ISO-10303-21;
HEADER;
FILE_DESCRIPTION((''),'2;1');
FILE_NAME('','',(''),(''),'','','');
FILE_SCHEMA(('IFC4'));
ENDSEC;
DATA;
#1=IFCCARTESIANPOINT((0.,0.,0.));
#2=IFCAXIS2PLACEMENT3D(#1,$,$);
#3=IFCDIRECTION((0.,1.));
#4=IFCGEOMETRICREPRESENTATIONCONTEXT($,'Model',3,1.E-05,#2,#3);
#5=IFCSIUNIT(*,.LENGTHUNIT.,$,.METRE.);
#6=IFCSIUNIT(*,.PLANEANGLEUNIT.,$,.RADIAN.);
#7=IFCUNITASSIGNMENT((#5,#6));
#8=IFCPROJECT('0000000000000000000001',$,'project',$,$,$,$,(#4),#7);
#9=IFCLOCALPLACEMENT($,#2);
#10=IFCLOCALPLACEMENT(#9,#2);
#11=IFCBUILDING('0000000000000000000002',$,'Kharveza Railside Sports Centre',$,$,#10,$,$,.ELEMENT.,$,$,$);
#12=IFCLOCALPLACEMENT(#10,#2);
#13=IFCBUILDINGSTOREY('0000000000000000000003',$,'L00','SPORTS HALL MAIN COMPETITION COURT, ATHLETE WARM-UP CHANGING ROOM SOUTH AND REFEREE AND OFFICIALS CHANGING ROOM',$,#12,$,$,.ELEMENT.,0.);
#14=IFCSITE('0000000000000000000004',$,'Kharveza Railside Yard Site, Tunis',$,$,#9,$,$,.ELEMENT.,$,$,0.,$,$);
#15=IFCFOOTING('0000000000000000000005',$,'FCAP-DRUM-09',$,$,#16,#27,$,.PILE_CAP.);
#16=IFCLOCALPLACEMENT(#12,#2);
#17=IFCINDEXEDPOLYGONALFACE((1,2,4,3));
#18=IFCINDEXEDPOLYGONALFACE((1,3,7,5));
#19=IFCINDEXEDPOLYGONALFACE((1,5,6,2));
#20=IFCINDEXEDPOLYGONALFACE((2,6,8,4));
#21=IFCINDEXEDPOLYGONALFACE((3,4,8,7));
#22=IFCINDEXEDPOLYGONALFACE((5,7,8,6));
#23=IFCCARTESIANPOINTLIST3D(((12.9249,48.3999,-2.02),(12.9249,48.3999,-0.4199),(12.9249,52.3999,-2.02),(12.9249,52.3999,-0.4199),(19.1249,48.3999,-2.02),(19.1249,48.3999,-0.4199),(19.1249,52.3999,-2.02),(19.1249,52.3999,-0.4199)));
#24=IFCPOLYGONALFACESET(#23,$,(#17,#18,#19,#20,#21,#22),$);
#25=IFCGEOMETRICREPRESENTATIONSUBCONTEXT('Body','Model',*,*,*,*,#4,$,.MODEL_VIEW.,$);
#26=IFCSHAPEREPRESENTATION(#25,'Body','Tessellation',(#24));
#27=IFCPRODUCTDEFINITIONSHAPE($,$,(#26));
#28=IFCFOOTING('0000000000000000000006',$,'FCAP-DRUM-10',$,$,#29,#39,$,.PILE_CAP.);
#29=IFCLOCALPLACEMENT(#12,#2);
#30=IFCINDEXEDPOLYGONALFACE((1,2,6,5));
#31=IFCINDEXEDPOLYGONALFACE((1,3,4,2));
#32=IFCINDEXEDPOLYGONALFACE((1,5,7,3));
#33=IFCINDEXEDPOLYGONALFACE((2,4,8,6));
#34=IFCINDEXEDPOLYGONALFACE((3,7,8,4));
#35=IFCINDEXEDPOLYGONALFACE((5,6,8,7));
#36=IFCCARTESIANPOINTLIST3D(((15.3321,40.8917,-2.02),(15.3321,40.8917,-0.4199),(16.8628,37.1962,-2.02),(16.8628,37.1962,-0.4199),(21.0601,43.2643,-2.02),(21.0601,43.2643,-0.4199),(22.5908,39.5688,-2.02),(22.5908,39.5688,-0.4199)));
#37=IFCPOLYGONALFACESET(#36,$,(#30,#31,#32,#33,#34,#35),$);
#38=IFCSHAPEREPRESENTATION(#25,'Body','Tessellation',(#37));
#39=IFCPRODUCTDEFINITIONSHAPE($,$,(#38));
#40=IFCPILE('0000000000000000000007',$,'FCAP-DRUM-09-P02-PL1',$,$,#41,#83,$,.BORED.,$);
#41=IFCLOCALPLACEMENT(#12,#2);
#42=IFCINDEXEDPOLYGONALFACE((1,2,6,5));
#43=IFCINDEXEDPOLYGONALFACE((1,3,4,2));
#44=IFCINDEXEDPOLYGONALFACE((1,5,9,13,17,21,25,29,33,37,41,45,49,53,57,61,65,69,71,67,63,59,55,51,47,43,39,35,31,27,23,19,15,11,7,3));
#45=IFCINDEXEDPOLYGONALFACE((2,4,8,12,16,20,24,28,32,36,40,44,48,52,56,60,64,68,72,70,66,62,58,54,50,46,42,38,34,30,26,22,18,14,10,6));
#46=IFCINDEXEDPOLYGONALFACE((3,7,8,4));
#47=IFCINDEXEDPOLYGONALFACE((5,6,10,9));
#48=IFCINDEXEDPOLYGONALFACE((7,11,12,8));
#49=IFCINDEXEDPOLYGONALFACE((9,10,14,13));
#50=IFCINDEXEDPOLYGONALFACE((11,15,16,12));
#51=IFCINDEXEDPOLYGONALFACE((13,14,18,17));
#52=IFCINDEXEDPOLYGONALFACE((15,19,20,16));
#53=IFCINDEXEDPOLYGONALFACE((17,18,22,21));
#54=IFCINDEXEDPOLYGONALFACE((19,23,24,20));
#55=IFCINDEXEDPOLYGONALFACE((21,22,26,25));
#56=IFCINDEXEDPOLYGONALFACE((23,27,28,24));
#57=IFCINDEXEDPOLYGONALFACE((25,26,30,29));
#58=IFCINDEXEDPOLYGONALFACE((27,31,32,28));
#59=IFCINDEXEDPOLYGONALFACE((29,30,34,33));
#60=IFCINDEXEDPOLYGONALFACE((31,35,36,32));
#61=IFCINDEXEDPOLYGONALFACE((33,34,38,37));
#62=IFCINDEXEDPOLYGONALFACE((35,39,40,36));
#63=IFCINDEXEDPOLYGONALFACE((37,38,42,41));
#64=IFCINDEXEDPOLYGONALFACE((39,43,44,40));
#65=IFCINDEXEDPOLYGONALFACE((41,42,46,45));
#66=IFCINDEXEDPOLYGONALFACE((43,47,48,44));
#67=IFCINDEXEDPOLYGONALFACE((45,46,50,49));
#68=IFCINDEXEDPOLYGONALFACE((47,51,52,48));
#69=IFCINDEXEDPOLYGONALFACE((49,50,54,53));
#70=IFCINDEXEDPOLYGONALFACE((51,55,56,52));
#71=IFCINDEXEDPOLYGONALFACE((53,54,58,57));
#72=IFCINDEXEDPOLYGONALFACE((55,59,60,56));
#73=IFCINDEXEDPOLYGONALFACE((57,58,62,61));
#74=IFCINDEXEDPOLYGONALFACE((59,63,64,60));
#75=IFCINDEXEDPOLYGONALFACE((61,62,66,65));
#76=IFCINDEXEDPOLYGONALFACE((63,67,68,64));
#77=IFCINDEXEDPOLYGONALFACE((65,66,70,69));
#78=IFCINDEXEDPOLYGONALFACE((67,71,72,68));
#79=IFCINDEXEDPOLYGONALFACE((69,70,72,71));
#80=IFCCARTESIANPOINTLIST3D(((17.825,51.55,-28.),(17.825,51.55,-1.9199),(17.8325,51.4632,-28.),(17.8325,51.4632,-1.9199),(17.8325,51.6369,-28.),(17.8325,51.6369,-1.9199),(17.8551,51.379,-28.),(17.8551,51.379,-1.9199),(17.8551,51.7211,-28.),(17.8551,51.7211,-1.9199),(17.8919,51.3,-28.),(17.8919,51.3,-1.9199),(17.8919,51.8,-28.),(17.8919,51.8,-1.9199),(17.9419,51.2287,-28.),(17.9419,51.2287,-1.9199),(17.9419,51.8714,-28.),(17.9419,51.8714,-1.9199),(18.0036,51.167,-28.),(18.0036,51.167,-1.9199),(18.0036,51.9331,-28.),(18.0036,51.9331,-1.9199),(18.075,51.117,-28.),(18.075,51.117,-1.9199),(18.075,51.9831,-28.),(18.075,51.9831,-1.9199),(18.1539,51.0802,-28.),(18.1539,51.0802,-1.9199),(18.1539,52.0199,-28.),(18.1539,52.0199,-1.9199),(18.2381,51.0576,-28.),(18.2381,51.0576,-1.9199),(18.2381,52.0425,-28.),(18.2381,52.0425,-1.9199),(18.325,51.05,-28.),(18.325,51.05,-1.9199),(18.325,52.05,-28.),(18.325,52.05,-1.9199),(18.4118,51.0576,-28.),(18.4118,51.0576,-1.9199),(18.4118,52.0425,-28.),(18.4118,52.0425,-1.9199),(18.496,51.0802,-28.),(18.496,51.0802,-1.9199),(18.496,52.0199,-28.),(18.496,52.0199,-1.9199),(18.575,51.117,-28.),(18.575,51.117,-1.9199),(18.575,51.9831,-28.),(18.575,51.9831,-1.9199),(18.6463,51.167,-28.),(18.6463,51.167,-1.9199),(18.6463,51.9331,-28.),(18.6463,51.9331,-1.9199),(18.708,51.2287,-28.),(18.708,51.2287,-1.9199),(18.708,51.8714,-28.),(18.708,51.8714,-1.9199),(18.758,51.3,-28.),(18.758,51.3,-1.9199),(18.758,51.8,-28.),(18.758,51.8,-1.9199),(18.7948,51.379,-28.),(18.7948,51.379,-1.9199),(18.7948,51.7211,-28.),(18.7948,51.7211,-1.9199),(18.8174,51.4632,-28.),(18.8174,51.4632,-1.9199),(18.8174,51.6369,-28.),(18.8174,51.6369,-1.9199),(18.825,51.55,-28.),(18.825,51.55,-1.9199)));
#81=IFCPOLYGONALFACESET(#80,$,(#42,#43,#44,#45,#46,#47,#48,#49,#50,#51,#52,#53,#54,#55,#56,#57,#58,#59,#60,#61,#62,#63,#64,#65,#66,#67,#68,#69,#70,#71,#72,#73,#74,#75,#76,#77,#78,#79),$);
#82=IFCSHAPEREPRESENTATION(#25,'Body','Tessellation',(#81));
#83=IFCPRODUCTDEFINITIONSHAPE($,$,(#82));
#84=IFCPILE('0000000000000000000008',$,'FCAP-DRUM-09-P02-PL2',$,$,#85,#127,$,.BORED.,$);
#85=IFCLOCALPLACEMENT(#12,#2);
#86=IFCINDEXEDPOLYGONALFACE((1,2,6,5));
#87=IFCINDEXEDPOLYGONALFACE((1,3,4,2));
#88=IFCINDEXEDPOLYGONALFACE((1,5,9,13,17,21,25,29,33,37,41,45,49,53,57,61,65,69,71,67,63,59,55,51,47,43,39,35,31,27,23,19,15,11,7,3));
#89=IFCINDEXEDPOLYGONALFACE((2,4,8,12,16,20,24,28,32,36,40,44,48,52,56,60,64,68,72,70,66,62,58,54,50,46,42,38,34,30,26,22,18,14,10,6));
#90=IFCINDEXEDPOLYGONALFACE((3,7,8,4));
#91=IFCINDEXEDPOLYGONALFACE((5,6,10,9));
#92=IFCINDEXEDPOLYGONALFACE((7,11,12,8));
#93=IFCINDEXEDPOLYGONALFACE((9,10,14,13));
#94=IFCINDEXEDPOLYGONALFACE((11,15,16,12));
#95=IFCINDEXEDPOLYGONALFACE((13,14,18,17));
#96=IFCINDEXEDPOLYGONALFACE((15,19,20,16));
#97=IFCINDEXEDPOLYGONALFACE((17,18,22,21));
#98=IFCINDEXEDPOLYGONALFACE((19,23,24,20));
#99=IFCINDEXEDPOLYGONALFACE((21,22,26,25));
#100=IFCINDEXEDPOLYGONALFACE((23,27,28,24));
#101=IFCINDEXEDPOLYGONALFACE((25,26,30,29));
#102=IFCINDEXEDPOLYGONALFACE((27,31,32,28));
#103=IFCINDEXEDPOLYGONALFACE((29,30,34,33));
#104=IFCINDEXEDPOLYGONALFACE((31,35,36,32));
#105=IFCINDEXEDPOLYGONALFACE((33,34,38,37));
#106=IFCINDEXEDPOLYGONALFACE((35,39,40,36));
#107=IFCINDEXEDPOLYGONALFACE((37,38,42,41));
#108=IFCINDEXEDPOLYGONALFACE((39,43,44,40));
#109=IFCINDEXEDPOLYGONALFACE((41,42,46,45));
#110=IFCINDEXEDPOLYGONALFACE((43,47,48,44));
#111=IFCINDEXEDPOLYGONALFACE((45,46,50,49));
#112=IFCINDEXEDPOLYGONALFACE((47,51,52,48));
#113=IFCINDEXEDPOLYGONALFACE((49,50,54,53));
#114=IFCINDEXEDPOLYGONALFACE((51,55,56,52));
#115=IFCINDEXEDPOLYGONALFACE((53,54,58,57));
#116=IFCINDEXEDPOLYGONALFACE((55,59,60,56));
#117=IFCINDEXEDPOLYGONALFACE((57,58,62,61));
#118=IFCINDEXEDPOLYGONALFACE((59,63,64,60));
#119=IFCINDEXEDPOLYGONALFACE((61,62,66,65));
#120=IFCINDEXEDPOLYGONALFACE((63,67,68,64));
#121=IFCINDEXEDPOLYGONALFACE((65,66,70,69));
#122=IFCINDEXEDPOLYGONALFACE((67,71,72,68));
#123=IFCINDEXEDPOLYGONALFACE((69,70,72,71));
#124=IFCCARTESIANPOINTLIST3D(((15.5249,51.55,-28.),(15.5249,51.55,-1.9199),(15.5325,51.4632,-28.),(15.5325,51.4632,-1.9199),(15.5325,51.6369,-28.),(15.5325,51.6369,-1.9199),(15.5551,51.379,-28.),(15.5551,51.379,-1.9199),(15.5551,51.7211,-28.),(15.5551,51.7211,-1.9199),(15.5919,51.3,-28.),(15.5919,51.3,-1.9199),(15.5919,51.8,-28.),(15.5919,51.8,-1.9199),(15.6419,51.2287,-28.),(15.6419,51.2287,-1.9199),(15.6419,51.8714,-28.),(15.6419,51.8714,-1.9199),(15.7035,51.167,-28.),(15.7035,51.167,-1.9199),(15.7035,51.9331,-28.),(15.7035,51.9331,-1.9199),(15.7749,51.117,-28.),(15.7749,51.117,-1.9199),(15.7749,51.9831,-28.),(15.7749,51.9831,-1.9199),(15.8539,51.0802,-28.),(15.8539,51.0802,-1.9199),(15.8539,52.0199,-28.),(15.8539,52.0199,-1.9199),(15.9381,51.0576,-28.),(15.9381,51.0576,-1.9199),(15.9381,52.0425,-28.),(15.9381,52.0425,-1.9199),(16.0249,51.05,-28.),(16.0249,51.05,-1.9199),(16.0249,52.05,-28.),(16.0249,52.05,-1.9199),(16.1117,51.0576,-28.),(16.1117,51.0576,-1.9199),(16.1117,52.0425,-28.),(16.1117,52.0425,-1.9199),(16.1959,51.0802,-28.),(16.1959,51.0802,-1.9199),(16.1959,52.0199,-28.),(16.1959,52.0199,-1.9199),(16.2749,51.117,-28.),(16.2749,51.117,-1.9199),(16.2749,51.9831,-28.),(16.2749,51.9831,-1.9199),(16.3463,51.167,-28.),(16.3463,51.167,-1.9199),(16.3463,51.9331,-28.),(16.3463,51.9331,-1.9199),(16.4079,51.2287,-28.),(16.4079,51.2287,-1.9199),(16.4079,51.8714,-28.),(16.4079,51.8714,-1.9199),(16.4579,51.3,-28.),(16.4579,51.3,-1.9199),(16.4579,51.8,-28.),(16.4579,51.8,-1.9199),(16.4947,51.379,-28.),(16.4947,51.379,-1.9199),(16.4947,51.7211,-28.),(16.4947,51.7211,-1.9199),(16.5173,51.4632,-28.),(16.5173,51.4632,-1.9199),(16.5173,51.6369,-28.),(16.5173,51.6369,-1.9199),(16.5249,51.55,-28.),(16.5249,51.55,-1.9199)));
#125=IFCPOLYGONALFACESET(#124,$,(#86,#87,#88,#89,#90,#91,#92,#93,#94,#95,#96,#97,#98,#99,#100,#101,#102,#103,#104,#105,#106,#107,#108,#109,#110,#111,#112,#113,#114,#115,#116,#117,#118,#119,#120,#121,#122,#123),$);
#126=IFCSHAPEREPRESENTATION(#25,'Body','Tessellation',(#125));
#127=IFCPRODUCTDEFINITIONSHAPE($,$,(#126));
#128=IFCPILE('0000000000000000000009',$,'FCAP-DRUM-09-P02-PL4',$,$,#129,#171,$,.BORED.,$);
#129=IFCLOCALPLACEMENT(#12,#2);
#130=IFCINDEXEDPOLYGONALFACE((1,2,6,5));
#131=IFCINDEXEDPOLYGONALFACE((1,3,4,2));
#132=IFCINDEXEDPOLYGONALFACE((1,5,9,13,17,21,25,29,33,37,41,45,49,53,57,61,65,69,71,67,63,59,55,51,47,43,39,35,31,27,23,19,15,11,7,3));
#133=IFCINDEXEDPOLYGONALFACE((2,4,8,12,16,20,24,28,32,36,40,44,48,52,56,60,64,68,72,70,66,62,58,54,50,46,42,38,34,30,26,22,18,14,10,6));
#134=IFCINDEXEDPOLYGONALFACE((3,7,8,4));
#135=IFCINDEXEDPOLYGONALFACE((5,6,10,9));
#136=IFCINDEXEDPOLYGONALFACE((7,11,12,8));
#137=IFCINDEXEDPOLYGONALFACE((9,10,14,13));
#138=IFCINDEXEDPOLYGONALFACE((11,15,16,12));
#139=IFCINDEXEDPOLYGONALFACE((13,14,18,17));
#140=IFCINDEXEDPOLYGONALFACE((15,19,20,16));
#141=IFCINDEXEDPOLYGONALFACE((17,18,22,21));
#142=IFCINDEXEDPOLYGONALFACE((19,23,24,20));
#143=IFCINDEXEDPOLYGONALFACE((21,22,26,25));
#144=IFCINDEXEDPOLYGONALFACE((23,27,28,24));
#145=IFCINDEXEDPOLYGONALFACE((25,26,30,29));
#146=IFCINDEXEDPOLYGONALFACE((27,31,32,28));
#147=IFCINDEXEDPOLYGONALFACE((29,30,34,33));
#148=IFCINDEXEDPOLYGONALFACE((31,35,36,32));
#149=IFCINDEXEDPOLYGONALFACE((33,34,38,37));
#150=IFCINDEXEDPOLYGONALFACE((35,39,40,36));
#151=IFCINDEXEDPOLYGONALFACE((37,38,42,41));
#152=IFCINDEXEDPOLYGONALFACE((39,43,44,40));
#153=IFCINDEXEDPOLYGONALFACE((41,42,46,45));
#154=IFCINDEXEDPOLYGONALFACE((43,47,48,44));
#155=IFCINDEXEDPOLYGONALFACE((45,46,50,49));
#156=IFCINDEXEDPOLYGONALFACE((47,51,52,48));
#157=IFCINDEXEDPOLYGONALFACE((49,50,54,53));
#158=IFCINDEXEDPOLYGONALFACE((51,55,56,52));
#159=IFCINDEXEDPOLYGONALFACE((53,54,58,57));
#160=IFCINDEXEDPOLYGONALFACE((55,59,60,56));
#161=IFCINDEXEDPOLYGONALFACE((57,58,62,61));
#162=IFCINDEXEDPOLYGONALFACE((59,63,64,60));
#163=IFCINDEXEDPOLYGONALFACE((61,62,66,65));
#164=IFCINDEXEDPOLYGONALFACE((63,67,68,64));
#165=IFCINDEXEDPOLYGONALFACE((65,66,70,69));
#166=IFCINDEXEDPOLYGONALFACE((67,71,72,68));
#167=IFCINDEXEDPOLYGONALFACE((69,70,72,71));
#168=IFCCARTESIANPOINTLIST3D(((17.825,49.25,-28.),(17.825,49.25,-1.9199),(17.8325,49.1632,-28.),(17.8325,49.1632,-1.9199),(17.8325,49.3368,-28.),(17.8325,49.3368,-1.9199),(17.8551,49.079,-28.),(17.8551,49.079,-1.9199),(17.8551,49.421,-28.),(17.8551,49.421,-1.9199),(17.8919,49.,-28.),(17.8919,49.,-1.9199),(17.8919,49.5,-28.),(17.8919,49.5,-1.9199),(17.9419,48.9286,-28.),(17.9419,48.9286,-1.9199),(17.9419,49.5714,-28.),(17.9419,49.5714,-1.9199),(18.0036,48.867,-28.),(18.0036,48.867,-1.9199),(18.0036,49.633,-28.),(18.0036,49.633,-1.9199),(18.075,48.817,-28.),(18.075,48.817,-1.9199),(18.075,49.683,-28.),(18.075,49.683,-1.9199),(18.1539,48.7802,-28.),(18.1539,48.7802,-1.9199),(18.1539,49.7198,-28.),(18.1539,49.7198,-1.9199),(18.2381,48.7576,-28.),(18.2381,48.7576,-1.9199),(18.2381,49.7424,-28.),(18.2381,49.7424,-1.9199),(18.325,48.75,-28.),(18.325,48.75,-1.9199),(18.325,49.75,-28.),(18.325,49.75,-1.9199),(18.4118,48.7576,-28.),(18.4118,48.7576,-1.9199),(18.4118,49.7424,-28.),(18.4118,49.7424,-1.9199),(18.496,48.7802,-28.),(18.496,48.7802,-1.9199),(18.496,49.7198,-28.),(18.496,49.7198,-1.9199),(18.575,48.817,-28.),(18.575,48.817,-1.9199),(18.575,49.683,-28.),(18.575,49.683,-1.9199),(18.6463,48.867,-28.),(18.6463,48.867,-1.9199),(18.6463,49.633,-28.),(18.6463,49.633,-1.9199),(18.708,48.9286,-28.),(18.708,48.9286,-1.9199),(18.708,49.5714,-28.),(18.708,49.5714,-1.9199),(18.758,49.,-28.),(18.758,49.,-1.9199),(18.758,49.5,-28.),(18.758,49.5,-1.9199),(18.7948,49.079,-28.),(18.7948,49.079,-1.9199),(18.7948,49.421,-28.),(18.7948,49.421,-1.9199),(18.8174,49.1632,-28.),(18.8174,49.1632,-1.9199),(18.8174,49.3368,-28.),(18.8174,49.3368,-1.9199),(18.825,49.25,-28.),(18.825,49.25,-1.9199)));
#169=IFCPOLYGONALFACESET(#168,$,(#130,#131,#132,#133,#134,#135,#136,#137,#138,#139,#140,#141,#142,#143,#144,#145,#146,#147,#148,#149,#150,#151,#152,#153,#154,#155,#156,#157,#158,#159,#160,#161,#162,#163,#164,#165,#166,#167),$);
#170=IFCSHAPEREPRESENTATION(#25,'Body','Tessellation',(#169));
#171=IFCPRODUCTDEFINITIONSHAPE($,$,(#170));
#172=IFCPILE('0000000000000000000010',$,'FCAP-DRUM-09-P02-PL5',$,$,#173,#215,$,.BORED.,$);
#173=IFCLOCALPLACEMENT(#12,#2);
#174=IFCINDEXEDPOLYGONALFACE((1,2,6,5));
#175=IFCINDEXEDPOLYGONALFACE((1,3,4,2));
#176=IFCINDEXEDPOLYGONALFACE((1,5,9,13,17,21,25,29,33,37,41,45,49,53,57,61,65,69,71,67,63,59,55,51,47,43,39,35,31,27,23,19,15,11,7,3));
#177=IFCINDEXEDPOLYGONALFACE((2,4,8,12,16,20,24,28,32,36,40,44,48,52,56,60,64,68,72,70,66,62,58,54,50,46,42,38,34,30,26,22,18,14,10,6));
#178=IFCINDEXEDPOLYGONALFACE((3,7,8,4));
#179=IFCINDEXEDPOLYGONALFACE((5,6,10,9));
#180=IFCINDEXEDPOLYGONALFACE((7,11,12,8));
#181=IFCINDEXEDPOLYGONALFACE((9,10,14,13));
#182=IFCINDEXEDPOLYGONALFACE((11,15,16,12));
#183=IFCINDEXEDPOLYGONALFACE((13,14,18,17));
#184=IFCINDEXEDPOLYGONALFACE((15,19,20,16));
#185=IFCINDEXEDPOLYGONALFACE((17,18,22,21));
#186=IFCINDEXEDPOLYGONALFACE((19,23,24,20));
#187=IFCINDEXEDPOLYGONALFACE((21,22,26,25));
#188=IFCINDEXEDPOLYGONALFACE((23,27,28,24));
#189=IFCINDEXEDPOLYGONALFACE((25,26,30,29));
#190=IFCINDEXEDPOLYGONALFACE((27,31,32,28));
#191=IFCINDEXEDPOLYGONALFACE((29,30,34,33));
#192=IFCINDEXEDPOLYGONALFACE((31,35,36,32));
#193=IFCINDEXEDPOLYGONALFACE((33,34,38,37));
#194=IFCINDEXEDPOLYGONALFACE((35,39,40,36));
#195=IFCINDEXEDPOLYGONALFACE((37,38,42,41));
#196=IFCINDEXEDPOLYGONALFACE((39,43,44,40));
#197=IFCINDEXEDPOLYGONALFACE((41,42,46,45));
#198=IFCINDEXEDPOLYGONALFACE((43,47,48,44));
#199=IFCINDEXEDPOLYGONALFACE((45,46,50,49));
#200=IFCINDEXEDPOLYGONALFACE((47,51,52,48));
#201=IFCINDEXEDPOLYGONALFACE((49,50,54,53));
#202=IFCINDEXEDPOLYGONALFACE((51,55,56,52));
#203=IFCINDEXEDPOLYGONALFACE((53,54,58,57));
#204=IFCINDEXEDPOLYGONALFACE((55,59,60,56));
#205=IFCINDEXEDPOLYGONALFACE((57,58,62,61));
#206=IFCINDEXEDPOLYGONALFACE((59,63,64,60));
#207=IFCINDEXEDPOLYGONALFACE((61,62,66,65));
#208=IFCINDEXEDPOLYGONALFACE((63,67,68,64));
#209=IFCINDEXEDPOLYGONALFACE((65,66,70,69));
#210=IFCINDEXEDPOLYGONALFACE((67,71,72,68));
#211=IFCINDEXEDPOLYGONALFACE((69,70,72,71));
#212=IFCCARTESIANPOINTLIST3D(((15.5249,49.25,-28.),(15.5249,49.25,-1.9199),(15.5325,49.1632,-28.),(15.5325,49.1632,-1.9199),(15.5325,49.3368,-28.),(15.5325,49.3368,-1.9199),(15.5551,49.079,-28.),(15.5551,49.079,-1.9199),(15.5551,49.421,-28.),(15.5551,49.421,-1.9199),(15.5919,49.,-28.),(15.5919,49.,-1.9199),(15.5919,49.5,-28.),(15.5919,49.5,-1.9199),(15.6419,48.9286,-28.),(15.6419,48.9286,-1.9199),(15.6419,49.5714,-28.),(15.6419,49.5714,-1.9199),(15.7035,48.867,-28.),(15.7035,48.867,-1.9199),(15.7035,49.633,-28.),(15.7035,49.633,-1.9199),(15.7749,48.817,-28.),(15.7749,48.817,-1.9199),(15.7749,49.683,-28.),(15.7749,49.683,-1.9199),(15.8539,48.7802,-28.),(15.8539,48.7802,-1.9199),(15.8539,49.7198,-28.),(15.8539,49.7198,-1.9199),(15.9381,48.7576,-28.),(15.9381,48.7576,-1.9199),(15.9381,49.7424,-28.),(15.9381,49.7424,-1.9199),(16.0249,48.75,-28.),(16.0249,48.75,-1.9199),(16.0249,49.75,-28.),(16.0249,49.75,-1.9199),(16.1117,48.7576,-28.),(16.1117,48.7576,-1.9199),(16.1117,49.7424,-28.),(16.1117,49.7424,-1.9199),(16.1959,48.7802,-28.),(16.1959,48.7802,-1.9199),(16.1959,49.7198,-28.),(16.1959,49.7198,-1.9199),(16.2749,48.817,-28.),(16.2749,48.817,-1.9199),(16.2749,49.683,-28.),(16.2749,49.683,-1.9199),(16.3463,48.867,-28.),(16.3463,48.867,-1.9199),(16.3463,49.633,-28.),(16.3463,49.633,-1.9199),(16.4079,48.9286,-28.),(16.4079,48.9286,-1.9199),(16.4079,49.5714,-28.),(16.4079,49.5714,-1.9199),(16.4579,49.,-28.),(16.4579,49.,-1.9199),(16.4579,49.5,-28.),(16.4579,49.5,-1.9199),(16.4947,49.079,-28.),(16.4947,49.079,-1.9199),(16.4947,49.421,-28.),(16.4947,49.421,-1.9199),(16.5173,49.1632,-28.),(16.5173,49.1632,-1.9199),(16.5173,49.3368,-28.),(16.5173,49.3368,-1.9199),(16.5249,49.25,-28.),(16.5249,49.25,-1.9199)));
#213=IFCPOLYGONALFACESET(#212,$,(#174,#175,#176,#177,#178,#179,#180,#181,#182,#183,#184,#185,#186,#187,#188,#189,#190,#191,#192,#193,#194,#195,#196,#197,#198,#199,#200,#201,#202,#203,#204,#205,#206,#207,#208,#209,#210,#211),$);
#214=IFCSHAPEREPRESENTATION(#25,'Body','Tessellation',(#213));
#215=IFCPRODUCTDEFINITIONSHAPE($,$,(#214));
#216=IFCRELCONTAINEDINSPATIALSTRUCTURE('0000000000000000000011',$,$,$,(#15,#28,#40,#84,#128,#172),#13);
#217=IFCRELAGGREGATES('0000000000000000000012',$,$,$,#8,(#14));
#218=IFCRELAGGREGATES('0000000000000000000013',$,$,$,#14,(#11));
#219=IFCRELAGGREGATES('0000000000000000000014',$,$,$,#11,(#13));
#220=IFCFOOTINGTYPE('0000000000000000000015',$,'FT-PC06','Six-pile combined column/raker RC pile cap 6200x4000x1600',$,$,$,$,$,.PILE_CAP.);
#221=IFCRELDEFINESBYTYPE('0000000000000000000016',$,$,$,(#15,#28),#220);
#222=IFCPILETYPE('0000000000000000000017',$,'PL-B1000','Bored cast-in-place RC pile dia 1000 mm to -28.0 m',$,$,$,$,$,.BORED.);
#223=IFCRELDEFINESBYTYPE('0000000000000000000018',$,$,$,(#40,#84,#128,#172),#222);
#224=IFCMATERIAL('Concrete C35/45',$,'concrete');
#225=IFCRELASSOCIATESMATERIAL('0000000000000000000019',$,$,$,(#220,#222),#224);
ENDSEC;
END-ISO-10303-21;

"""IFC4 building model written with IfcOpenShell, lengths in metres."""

from ifc_helpers import new_model, si_unit, direction, frame, origin, origin_2d, place, context, subcontext, project, spatial, rectangle, circle, extrude, material, material_profile, profile_set, type_object, element, save


model = new_model("IFC4")

# Units and contexts
model_context = context("Model", 3, precision=1e-05, world=origin(), true_north=direction((0.0, 1.0)))
body_context = subcontext(model_context, "Body", "Model", "MODEL_VIEW")
ifc_project = project(units=[si_unit("LENGTHUNIT", "METRE"), si_unit("PLANEANGLEUNIT", "RADIAN")], contexts=[model_context])

# Site, building, storey
site_placement = place(None, origin())
site = spatial("IfcSite", under=ifc_project, at=site_placement, Name="Kharveza Railside Yard Site, Tunis", CompositionType="ELEMENT", RefElevation=0.0)
building_placement = place(site_placement, origin())
building = spatial("IfcBuilding", under=site, at=building_placement, Name="Kharveza Railside Sports Centre", CompositionType="ELEMENT")
storey_placement = place(building_placement, origin())
storey = spatial("IfcBuildingStorey", under=building, at=storey_placement, Name="L00", Description="SPORTS HALL MAIN COMPETITION COURT, ATHLETE WARM-UP CHANGING ROOM SOUTH AND REFEREE AND OFFICIALS CHANGING ROOM", CompositionType="ELEMENT", Elevation=0.0)

# Footings
ifc_material_1 = material(Name="Concrete C35/45", Category="concrete")
footing_type = type_object("IfcFootingType", Name="FT-PC06", Description="Six-pile combined column/raker RC pile cap 6200x4000x1600", PredefinedType="PILE_CAP", material=ifc_material_1)
for number, where, z_axis, x_axis, name in (
    (1, (16.0249, 50.3999, -2.02), (0.0, 0.0, 1.0), (-1.0, 0.0, 0.0), "FCAP-DRUM-09"),
    (2, (18.9614, 40.2302, -2.02), (0.0, 0.0, 1.0), (-0.92388, -0.382683, 0.0), "FCAP-DRUM-10"),
):
    element("IfcFooting", number, at=place(storey_placement, frame(where, z_axis=z_axis, x_axis=x_axis)), inside=storey, type_object=footing_type, Name=name, PredefinedType="PILE_CAP", context=body_context, shape_type="SweptSolid", body=[
        extrude(rectangle(XDim=6.2, YDim=4.0, at=origin_2d()), origin(), (0.0, 0.0, 1.0), 1.6001),
    ])

# Piles
ifc_material_profile_1 = material_profile(ifc_material_1, circle(Radius=0.5, at=origin_2d()), Name="PILE D1000")
ifc_profile_set_1 = profile_set([ifc_material_profile_1], Name="Concrete C35/45")
pile_type = type_object("IfcPileType", Name="PL-B1000", Description="Bored cast-in-place RC pile dia 1000 mm to -28.0 m", PredefinedType="BORED", material=ifc_profile_set_1)
for number, where, z_axis, x_axis, name in (
    (3, (18.325, 51.55, -1.9199), (0.0, 0.0, -1.0), (1.0, 0.0, 0.0), "FCAP-DRUM-09-P02-PL1"),
    (4, (16.0249, 51.55, -1.9199), (0.0, 0.0, -1.0), (1.0, 0.0, 0.0), "FCAP-DRUM-09-P02-PL2"),
    (5, (18.325, 49.25, -1.9199), (0.0, 0.0, -1.0), (1.0, 0.0, 0.0), "FCAP-DRUM-09-P02-PL4"),
    (6, (16.0249, 49.25, -1.9199), (0.0, 0.0, -1.0), (1.0, 0.0, 0.0), "FCAP-DRUM-09-P02-PL5"),
):
    element("IfcPile", number, at=place(storey_placement, frame(where, z_axis=z_axis, x_axis=x_axis)), inside=storey, type_object=pile_type, Name=name, PredefinedType="BORED", context=body_context, shape_type="SweptSolid", body=[
        extrude(circle(Radius=0.5, at=origin_2d()), origin(), (0.0, 0.0, 1.0), 26.0801),
    ])

save(model, "model.ifc")
